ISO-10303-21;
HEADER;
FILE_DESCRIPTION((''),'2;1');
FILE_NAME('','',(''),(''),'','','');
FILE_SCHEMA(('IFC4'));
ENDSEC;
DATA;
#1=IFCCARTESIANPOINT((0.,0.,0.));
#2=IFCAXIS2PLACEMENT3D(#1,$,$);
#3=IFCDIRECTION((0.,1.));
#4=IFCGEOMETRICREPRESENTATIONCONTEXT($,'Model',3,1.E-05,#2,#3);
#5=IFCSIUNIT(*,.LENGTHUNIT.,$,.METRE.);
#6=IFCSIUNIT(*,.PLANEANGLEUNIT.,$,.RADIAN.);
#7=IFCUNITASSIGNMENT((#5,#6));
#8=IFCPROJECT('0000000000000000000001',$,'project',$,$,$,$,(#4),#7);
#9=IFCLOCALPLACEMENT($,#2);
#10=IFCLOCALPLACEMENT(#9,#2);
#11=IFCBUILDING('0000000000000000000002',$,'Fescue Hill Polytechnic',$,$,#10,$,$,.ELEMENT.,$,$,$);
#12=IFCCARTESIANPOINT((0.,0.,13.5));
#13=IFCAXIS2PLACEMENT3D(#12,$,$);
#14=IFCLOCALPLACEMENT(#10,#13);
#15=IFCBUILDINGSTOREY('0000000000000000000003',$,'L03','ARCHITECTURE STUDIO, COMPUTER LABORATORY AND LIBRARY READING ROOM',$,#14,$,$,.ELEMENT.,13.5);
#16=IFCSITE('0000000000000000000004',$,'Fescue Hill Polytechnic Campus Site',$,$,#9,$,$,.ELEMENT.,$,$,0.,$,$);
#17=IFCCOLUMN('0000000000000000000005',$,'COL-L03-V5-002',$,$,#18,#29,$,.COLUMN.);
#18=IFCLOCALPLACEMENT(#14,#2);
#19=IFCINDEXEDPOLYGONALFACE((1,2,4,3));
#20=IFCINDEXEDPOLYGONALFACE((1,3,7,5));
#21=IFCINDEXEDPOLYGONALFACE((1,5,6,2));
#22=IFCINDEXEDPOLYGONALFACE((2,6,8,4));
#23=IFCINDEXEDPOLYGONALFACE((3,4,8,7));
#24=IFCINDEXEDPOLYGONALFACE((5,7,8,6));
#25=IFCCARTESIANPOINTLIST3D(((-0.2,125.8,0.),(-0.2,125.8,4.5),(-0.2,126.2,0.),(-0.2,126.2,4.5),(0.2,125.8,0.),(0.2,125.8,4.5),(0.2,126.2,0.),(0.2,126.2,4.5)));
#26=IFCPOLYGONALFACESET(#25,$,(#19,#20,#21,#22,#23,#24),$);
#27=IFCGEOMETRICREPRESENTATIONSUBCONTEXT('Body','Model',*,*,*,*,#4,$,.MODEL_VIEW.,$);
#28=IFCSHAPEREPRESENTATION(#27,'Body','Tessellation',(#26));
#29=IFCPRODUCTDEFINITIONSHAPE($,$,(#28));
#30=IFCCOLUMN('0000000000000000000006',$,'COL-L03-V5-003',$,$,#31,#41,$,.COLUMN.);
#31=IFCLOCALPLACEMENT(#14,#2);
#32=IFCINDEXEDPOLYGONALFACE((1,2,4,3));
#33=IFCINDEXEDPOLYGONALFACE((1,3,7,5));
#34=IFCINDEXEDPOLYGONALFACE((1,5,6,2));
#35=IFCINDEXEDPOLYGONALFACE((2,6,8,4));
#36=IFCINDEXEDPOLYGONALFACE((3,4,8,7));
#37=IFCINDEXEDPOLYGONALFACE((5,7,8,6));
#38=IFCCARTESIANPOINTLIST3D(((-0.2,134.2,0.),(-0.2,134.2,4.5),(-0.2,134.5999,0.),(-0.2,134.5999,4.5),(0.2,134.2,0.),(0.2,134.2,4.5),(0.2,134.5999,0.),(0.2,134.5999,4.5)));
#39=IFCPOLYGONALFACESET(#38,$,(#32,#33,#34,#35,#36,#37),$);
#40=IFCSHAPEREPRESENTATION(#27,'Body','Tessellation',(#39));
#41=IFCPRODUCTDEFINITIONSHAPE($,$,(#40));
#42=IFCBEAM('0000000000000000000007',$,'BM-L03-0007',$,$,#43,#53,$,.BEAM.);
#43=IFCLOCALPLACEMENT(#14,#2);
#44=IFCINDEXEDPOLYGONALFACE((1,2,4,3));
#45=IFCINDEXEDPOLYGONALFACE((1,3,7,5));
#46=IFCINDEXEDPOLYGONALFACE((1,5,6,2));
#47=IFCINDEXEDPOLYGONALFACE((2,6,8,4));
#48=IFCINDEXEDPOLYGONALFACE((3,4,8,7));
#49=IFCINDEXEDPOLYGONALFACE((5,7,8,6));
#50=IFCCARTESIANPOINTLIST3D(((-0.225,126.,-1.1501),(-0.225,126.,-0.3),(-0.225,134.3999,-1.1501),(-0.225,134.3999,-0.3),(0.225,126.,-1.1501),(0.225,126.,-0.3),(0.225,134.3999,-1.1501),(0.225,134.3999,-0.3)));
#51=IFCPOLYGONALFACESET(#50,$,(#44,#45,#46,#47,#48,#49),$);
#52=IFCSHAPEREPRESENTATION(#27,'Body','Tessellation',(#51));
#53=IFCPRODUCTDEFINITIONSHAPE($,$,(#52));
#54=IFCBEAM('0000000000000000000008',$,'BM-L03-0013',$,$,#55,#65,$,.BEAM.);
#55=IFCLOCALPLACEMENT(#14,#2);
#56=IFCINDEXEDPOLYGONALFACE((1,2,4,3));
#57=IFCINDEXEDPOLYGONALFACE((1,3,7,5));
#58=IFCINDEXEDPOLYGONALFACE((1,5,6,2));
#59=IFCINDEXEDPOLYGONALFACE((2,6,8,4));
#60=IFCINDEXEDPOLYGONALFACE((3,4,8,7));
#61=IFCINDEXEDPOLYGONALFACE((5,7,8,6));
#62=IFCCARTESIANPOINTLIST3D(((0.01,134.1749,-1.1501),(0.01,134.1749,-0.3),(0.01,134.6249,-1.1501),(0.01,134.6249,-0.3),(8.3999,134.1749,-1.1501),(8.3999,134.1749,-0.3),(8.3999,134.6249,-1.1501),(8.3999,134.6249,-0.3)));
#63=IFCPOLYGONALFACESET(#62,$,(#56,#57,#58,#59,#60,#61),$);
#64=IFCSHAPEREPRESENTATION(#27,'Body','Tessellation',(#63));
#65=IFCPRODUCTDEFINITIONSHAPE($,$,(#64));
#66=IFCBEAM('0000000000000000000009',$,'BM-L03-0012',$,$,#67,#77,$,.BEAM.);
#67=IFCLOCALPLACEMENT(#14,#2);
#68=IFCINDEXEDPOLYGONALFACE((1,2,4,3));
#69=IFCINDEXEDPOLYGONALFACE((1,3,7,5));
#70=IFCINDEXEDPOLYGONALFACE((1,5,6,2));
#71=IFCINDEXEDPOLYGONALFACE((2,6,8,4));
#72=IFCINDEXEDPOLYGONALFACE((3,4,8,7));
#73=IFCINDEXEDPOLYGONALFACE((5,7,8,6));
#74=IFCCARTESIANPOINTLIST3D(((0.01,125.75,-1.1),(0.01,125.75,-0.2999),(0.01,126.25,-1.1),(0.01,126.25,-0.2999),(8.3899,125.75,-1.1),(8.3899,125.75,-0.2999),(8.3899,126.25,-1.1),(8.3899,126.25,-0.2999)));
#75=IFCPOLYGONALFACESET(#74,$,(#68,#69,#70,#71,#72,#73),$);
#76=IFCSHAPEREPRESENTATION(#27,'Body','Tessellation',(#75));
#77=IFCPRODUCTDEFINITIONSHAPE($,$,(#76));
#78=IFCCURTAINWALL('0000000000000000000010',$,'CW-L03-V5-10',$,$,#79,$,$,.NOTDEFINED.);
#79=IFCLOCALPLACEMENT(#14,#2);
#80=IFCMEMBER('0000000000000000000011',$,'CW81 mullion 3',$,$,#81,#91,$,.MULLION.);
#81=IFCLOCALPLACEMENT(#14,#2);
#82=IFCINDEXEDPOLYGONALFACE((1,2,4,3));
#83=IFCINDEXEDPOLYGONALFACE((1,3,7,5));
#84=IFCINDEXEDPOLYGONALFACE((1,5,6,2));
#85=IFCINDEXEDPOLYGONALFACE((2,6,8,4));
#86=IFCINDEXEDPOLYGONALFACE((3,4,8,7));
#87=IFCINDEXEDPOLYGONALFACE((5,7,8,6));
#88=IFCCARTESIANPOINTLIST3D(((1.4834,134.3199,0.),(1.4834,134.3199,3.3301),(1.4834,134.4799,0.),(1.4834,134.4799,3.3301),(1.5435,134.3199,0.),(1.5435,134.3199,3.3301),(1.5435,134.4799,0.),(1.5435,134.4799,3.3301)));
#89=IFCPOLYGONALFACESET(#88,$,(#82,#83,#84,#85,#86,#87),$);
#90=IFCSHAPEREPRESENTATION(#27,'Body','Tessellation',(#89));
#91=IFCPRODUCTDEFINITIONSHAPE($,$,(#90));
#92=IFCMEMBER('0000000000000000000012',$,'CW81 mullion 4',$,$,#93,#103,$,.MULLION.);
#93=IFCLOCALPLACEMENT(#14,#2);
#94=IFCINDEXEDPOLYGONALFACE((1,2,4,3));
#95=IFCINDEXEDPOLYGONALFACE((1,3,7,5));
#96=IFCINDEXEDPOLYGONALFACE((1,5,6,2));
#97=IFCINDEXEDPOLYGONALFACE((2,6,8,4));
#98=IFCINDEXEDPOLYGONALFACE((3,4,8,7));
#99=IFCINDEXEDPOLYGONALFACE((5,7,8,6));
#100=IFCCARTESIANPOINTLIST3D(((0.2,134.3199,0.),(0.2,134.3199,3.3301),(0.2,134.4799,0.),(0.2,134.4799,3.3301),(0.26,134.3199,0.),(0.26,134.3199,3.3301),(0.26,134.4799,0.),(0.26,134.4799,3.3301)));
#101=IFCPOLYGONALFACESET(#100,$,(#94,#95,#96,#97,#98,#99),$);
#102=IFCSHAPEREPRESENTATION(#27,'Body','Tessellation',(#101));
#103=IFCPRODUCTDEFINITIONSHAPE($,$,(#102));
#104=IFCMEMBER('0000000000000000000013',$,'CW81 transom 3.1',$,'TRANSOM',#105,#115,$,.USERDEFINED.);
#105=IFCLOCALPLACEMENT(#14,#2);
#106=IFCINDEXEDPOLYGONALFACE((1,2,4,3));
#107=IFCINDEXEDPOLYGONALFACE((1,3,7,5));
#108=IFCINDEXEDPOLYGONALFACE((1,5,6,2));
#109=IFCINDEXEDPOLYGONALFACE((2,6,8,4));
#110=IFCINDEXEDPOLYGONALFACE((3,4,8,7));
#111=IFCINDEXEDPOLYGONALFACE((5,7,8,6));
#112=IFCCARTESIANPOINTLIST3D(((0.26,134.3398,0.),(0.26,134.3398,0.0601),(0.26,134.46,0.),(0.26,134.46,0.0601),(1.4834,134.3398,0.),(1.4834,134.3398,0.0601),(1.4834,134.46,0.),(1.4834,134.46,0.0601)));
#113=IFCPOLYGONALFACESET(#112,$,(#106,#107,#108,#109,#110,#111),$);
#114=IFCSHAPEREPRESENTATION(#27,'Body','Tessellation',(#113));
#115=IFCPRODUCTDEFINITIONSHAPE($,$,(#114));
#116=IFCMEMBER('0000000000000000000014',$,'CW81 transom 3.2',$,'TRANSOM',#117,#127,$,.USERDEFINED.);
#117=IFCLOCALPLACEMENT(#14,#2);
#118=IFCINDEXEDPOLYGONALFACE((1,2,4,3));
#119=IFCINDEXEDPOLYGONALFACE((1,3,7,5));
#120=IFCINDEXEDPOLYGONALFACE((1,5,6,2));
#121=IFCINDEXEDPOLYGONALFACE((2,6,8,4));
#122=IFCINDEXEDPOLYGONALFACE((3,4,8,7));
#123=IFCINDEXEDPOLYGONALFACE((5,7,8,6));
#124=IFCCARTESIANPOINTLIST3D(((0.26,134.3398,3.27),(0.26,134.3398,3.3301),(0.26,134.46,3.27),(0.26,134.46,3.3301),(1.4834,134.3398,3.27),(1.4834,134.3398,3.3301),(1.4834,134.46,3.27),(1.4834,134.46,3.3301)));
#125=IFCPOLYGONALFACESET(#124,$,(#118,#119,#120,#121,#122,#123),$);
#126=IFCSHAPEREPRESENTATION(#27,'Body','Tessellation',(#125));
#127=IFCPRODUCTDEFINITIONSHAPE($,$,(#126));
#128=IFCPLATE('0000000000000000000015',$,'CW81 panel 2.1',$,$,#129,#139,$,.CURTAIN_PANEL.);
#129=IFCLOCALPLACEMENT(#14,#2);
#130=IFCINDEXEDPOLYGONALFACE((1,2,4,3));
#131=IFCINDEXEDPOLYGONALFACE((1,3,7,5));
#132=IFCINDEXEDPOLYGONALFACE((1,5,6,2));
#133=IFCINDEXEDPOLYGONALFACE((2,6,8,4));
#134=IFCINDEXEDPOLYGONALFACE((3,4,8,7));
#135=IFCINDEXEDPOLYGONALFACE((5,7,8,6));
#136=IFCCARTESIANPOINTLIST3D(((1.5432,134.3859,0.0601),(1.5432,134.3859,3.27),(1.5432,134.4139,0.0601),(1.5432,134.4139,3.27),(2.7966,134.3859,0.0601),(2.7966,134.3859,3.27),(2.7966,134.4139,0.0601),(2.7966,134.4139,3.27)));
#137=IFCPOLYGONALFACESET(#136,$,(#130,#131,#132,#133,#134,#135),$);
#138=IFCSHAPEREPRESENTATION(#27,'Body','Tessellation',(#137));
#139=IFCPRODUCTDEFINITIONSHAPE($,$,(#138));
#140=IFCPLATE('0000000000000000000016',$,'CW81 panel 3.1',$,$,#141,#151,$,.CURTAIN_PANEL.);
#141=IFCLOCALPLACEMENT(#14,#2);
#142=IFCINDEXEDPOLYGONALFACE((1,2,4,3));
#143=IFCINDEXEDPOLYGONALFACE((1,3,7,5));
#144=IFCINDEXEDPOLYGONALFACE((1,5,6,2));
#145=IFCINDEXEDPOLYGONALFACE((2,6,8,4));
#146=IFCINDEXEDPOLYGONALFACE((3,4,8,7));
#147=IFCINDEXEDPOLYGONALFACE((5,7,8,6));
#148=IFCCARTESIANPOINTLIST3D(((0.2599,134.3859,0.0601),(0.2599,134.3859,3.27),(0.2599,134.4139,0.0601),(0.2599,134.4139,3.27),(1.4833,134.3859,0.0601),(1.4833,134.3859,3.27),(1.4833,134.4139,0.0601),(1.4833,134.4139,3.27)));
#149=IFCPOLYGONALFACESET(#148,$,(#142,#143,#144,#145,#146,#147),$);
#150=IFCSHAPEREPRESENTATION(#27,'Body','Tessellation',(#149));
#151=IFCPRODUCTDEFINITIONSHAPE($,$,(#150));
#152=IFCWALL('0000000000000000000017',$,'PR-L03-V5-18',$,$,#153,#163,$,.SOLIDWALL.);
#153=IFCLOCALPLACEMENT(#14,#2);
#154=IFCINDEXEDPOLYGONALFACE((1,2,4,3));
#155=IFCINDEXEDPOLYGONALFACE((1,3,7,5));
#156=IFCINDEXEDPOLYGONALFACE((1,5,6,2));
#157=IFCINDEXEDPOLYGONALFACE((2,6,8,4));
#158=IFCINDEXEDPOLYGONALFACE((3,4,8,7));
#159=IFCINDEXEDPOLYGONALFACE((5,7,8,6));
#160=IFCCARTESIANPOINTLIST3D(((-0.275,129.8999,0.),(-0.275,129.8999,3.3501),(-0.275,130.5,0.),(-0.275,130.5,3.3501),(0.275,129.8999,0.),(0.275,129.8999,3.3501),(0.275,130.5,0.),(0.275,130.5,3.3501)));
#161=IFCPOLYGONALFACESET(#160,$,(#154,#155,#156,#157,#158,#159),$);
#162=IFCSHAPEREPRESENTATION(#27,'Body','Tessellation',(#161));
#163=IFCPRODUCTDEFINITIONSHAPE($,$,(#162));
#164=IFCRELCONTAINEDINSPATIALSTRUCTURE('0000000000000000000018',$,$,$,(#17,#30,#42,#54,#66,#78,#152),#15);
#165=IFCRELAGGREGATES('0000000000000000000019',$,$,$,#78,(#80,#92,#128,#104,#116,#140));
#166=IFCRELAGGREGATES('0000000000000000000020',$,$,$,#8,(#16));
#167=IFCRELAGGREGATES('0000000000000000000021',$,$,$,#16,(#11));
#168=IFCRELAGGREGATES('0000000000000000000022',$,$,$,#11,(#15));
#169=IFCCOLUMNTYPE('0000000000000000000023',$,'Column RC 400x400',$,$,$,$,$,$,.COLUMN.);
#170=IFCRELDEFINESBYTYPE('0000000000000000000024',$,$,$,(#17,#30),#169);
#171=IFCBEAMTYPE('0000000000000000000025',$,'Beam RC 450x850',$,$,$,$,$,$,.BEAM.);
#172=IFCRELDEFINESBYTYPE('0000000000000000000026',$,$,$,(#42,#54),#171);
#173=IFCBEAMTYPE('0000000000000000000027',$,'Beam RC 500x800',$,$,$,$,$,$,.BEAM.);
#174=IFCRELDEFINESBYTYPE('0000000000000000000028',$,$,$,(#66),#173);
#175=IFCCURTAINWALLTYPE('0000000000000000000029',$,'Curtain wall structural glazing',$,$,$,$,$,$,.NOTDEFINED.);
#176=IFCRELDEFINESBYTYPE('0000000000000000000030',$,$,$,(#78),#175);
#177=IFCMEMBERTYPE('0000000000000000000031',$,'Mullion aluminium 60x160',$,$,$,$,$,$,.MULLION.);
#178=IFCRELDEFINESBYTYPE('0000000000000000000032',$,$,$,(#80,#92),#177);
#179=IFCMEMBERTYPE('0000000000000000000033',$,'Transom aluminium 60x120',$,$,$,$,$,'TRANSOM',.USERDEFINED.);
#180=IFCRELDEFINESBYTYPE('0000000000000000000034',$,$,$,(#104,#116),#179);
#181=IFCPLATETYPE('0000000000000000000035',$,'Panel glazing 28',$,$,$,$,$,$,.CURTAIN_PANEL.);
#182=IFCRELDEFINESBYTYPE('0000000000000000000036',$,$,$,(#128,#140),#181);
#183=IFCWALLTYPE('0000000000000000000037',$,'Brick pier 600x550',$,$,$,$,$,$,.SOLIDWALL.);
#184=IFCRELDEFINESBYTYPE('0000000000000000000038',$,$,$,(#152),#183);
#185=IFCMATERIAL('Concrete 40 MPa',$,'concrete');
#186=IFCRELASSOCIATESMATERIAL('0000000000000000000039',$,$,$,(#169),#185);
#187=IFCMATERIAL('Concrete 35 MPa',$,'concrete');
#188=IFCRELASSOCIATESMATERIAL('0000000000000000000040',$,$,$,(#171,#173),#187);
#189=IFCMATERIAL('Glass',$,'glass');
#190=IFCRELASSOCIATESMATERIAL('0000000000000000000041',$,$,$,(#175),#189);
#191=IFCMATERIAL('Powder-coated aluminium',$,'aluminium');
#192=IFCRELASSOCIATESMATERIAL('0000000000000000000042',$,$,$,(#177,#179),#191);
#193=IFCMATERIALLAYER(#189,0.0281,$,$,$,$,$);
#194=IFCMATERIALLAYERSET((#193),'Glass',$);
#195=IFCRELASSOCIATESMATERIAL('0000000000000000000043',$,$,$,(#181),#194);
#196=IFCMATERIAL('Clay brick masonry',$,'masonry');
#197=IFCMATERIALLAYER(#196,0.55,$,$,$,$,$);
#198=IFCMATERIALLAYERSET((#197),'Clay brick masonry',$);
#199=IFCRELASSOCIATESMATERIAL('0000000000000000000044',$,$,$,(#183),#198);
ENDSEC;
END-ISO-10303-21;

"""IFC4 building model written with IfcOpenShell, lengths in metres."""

from ifc_helpers import new_model, si_unit, direction, frame, frame_2d, origin, origin_2d, place, context, subcontext, project, spatial, rectangle, extrude, material, layer, layer_set, material_profile, profile_set, type_object, element, aggregate, save


model = new_model("IFC4")

# Units and contexts
model_context = context("Model", 3, precision=1e-05, world=origin(), true_north=direction((0.0, 1.0)))
body_context = subcontext(model_context, "Body", "Model", "MODEL_VIEW")
ifc_project = project(units=[si_unit("LENGTHUNIT", "METRE"), si_unit("PLANEANGLEUNIT", "RADIAN")], contexts=[model_context])

# Site, building, storey
site_placement = place(None, origin())
site = spatial("IfcSite", under=ifc_project, at=site_placement, Name="Fescue Hill Polytechnic Campus Site", CompositionType="ELEMENT", RefElevation=0.0)
building_placement = place(site_placement, origin())
building = spatial("IfcBuilding", under=site, at=building_placement, Name="Fescue Hill Polytechnic", CompositionType="ELEMENT")
storey_placement = place(building_placement, frame((0.0, 0.0, 13.5)))
storey = spatial("IfcBuildingStorey", under=building, at=storey_placement, Name="L03", Description="ARCHITECTURE STUDIO, COMPUTER LABORATORY AND LIBRARY READING ROOM", CompositionType="ELEMENT", Elevation=13.5)

# Columns
ifc_material_1 = material(Name="Concrete 40 MPa", Category="concrete")
ifc_material_profile_1 = material_profile(ifc_material_1, rectangle(XDim=0.3999, YDim=0.3999, at=origin_2d()), Name="RC 400x400")
ifc_profile_set_1 = profile_set([ifc_material_profile_1], Name="Concrete 40 MPa")
column_type = type_object("IfcColumnType", Name="Column RC 400x400", PredefinedType="COLUMN", material=ifc_profile_set_1)
for number, where, z_axis, x_axis, name in (
    (1, (0.0, 126.0, 0.0), (0.0, 0.0, 1.0), (1.0, 0.0, 0.0), "COL-L03-V5-002"),
    (2, (0.0, 134.3999, 0.0), (0.0, 0.0, 1.0), (1.0, 0.0, 0.0), "COL-L03-V5-003"),
):
    element("IfcColumn", number, at=place(storey_placement, frame(where, z_axis=z_axis, x_axis=x_axis)), inside=storey, type_object=column_type, Name=name, PredefinedType="COLUMN", context=body_context, shape_type="SweptSolid", body=[
        extrude(rectangle(XDim=0.3999, YDim=0.3999, at=origin_2d()), origin(), (0.0, 0.0, 1.0), 4.5),
    ])

# Beams
ifc_material_2 = material(Name="Concrete 35 MPa", Category="concrete")
ifc_material_profile_2 = material_profile(ifc_material_2, rectangle(XDim=0.45, YDim=0.8501, at=origin_2d()), Name="RC 450x850")
ifc_profile_set_2 = profile_set([ifc_material_profile_2], Name="Concrete 35 MPa")
beam_type_1 = type_object("IfcBeamType", Name="Beam RC 450x850", PredefinedType="BEAM", material=ifc_profile_set_2)
beam_1_placement = place(storey_placement, frame((0.0, 126.0, -0.7251), z_axis=(0.0, 1.0, 0.0), x_axis=(-1.0, 0.0, 0.0)))
element("IfcBeam", 3, at=beam_1_placement, inside=storey, type_object=beam_type_1, Name="BM-L03-0007", PredefinedType="BEAM", context=body_context, shape_type="SweptSolid", body=[
    extrude(rectangle(XDim=0.45, YDim=0.8501, at=origin_2d()), origin(), (0.0, 0.0, 1.0), 8.3999),
])
beam_2_placement = place(storey_placement, frame((0.01, 134.3999, -0.7251), z_axis=(1.0, 0.0, 0.0), x_axis=(0.0, 1.0, 0.0)))
element("IfcBeam", 4, at=beam_2_placement, inside=storey, type_object=beam_type_1, Name="BM-L03-0013", PredefinedType="BEAM", context=body_context, shape_type="SweptSolid", body=[
    extrude(rectangle(XDim=0.45, YDim=0.8501, at=origin_2d()), origin(), (0.0, 0.0, 1.0), 8.3899),
])
ifc_material_profile_3 = material_profile(ifc_material_2, rectangle(XDim=0.5, YDim=0.8, at=origin_2d()), Name="RC 500x800")
ifc_profile_set_3 = profile_set([ifc_material_profile_3], Name="Concrete 35 MPa")
beam_type_2 = type_object("IfcBeamType", Name="Beam RC 500x800", PredefinedType="BEAM", material=ifc_profile_set_3)
beam_3_placement = place(storey_placement, frame((0.01, 126.0, -0.7), z_axis=(1.0, 0.0, 0.0), x_axis=(0.0, 1.0, 0.0)))
element("IfcBeam", 5, at=beam_3_placement, inside=storey, type_object=beam_type_2, Name="BM-L03-0012", PredefinedType="BEAM", context=body_context, shape_type="SweptSolid", body=[
    extrude(rectangle(XDim=0.5, YDim=0.8, at=origin_2d()), origin(), (0.0, 0.0, 1.0), 8.3799),
])

# Curtain wall, members, plates
ifc_material_3 = material(Name="Glass", Category="glass")
curtain_wall_type = type_object("IfcCurtainWallType", Name="Curtain wall structural glazing", PredefinedType="NOTDEFINED", material=ifc_material_3)
curtain_wall_placement = place(storey_placement, origin())
curtain_wall = element("IfcCurtainWall", 6, at=curtain_wall_placement, inside=storey, type_object=curtain_wall_type, Name="CW-L03-V5-10", PredefinedType="NOTDEFINED")
ifc_material_4 = material(Name="Powder-coated aluminium", Category="aluminium")
ifc_material_profile_4 = material_profile(ifc_material_4, rectangle(XDim=0.1599, YDim=0.0601, at=origin_2d()), Name="Mullion aluminium 60x160")
ifc_profile_set_4 = profile_set([ifc_material_profile_4], Name="Powder-coated aluminium")
member_type_1 = type_object("IfcMemberType", Name="Mullion aluminium 60x160", PredefinedType="MULLION", material=ifc_profile_set_4)
member_1_placement = place(storey_placement, frame((1.5134, 134.3999, 0.0), z_axis=(0.0, 0.0, 1.0), x_axis=(0.0, -1.0, 0.0)))
member_1 = element("IfcMember", 7, at=member_1_placement, type_object=member_type_1, Name="CW81 mullion 3", PredefinedType="MULLION", context=body_context, shape_type="SweptSolid", body=[
    extrude(rectangle(XDim=0.1599, YDim=0.0601, at=origin_2d()), origin(), (0.0, 0.0, 1.0), 3.3301),
])
member_2_placement = place(storey_placement, frame((0.23, 134.3999, 0.0), z_axis=(0.0, 0.0, 1.0), x_axis=(0.0, -1.0, 0.0)))
member_2 = element("IfcMember", 8, at=member_2_placement, type_object=member_type_1, Name="CW81 mullion 4", PredefinedType="MULLION", context=body_context, shape_type="SweptSolid", body=[
    extrude(rectangle(XDim=0.1599, YDim=0.0601, at=origin_2d()), origin(), (0.0, 0.0, 1.0), 3.3301),
])
ifc_material_profile_5 = material_profile(ifc_material_4, rectangle(XDim=0.1201, YDim=0.0601, at=origin_2d()), Name="Transom aluminium 60x120")
ifc_profile_set_5 = profile_set([ifc_material_profile_5], Name="Powder-coated aluminium")
member_type_2 = type_object("IfcMemberType", Name="Transom aluminium 60x120", ElementType="TRANSOM", PredefinedType="USERDEFINED", material=ifc_profile_set_5)
member_3_placement = place(storey_placement, frame((1.4834, 134.3999, 0.03), z_axis=(-1.0, 0.0, 0.0), x_axis=(0.0, -1.0, 0.0)))
member_3 = element("IfcMember", 9, at=member_3_placement, type_object=member_type_2, Name="CW81 transom 3.1", ObjectType="TRANSOM", PredefinedType="USERDEFINED", context=body_context, shape_type="SweptSolid", body=[
    extrude(rectangle(XDim=0.1201, YDim=0.0601, at=origin_2d()), origin(), (0.0, 0.0, 1.0), 1.2234),
])
member_4_placement = place(storey_placement, frame((1.4834, 134.3999, 3.3), z_axis=(-1.0, 0.0, 0.0), x_axis=(0.0, -1.0, 0.0)))
member_4 = element("IfcMember", 10, at=member_4_placement, type_object=member_type_2, Name="CW81 transom 3.2", ObjectType="TRANSOM", PredefinedType="USERDEFINED", context=body_context, shape_type="SweptSolid", body=[
    extrude(rectangle(XDim=0.1201, YDim=0.0601, at=origin_2d()), origin(), (0.0, 0.0, 1.0), 1.2234),
])
ifc_layer_1 = layer(ifc_material_3, 0.0281)
ifc_layer_set_1 = layer_set([ifc_layer_1], Name="Glass")
plate_type = type_object("IfcPlateType", Name="Panel glazing 28", PredefinedType="CURTAIN_PANEL", material=ifc_layer_set_1)
plate_1_placement = place(storey_placement, frame((2.1699, 134.3999, 0.0601), z_axis=(0.0, 0.0, 1.0), x_axis=(-1.0, 0.0, 0.0)))
plate_1 = element("IfcPlate", 11, at=plate_1_placement, type_object=plate_type, Name="CW81 panel 2.1", PredefinedType="CURTAIN_PANEL", context=body_context, shape_type="SweptSolid", body=[
    extrude(rectangle(XDim=1.2534, YDim=0.0281, at=origin_2d()), origin(), (0.0, 0.0, 1.0), 3.21),
])
plate_2_placement = place(storey_placement, frame((0.8716, 134.3999, 0.0601), z_axis=(0.0, 0.0, 1.0), x_axis=(-1.0, 0.0, 0.0)))
plate_2 = element("IfcPlate", 12, at=plate_2_placement, type_object=plate_type, Name="CW81 panel 3.1", PredefinedType="CURTAIN_PANEL", context=body_context, shape_type="SweptSolid", body=[
    extrude(rectangle(XDim=1.2234, YDim=0.0281, at=origin_2d()), origin(), (0.0, 0.0, 1.0), 3.21),
])
aggregate(curtain_wall, [member_1, member_2, plate_1, member_3, member_4, plate_2])

# Wall
ifc_material_5 = material(Name="Clay brick masonry", Category="masonry")
ifc_layer_2 = layer(ifc_material_5, 0.55)
ifc_layer_set_2 = layer_set([ifc_layer_2], Name="Clay brick masonry")
wall_type_1 = type_object("IfcWallType", Name="Brick pier 600x550", PredefinedType="SOLIDWALL", material=ifc_layer_set_2)
wall_1_placement = place(storey_placement, frame((0.0, 130.5, 0.0), z_axis=(0.0, 0.0, 1.0), x_axis=(0.0, -1.0, 0.0)))
element("IfcWall", 13, at=wall_1_placement, inside=storey, type_object=wall_type_1, Name="PR-L03-V5-18", PredefinedType="SOLIDWALL", context=body_context, shape_type="SweptSolid", body=[
    extrude(rectangle(XDim=0.6001, YDim=0.55, at=frame_2d((0.3, 0.0))), origin(), (0.0, 0.0, 1.0), 3.3501),
])

save(model, "model.ifc")
